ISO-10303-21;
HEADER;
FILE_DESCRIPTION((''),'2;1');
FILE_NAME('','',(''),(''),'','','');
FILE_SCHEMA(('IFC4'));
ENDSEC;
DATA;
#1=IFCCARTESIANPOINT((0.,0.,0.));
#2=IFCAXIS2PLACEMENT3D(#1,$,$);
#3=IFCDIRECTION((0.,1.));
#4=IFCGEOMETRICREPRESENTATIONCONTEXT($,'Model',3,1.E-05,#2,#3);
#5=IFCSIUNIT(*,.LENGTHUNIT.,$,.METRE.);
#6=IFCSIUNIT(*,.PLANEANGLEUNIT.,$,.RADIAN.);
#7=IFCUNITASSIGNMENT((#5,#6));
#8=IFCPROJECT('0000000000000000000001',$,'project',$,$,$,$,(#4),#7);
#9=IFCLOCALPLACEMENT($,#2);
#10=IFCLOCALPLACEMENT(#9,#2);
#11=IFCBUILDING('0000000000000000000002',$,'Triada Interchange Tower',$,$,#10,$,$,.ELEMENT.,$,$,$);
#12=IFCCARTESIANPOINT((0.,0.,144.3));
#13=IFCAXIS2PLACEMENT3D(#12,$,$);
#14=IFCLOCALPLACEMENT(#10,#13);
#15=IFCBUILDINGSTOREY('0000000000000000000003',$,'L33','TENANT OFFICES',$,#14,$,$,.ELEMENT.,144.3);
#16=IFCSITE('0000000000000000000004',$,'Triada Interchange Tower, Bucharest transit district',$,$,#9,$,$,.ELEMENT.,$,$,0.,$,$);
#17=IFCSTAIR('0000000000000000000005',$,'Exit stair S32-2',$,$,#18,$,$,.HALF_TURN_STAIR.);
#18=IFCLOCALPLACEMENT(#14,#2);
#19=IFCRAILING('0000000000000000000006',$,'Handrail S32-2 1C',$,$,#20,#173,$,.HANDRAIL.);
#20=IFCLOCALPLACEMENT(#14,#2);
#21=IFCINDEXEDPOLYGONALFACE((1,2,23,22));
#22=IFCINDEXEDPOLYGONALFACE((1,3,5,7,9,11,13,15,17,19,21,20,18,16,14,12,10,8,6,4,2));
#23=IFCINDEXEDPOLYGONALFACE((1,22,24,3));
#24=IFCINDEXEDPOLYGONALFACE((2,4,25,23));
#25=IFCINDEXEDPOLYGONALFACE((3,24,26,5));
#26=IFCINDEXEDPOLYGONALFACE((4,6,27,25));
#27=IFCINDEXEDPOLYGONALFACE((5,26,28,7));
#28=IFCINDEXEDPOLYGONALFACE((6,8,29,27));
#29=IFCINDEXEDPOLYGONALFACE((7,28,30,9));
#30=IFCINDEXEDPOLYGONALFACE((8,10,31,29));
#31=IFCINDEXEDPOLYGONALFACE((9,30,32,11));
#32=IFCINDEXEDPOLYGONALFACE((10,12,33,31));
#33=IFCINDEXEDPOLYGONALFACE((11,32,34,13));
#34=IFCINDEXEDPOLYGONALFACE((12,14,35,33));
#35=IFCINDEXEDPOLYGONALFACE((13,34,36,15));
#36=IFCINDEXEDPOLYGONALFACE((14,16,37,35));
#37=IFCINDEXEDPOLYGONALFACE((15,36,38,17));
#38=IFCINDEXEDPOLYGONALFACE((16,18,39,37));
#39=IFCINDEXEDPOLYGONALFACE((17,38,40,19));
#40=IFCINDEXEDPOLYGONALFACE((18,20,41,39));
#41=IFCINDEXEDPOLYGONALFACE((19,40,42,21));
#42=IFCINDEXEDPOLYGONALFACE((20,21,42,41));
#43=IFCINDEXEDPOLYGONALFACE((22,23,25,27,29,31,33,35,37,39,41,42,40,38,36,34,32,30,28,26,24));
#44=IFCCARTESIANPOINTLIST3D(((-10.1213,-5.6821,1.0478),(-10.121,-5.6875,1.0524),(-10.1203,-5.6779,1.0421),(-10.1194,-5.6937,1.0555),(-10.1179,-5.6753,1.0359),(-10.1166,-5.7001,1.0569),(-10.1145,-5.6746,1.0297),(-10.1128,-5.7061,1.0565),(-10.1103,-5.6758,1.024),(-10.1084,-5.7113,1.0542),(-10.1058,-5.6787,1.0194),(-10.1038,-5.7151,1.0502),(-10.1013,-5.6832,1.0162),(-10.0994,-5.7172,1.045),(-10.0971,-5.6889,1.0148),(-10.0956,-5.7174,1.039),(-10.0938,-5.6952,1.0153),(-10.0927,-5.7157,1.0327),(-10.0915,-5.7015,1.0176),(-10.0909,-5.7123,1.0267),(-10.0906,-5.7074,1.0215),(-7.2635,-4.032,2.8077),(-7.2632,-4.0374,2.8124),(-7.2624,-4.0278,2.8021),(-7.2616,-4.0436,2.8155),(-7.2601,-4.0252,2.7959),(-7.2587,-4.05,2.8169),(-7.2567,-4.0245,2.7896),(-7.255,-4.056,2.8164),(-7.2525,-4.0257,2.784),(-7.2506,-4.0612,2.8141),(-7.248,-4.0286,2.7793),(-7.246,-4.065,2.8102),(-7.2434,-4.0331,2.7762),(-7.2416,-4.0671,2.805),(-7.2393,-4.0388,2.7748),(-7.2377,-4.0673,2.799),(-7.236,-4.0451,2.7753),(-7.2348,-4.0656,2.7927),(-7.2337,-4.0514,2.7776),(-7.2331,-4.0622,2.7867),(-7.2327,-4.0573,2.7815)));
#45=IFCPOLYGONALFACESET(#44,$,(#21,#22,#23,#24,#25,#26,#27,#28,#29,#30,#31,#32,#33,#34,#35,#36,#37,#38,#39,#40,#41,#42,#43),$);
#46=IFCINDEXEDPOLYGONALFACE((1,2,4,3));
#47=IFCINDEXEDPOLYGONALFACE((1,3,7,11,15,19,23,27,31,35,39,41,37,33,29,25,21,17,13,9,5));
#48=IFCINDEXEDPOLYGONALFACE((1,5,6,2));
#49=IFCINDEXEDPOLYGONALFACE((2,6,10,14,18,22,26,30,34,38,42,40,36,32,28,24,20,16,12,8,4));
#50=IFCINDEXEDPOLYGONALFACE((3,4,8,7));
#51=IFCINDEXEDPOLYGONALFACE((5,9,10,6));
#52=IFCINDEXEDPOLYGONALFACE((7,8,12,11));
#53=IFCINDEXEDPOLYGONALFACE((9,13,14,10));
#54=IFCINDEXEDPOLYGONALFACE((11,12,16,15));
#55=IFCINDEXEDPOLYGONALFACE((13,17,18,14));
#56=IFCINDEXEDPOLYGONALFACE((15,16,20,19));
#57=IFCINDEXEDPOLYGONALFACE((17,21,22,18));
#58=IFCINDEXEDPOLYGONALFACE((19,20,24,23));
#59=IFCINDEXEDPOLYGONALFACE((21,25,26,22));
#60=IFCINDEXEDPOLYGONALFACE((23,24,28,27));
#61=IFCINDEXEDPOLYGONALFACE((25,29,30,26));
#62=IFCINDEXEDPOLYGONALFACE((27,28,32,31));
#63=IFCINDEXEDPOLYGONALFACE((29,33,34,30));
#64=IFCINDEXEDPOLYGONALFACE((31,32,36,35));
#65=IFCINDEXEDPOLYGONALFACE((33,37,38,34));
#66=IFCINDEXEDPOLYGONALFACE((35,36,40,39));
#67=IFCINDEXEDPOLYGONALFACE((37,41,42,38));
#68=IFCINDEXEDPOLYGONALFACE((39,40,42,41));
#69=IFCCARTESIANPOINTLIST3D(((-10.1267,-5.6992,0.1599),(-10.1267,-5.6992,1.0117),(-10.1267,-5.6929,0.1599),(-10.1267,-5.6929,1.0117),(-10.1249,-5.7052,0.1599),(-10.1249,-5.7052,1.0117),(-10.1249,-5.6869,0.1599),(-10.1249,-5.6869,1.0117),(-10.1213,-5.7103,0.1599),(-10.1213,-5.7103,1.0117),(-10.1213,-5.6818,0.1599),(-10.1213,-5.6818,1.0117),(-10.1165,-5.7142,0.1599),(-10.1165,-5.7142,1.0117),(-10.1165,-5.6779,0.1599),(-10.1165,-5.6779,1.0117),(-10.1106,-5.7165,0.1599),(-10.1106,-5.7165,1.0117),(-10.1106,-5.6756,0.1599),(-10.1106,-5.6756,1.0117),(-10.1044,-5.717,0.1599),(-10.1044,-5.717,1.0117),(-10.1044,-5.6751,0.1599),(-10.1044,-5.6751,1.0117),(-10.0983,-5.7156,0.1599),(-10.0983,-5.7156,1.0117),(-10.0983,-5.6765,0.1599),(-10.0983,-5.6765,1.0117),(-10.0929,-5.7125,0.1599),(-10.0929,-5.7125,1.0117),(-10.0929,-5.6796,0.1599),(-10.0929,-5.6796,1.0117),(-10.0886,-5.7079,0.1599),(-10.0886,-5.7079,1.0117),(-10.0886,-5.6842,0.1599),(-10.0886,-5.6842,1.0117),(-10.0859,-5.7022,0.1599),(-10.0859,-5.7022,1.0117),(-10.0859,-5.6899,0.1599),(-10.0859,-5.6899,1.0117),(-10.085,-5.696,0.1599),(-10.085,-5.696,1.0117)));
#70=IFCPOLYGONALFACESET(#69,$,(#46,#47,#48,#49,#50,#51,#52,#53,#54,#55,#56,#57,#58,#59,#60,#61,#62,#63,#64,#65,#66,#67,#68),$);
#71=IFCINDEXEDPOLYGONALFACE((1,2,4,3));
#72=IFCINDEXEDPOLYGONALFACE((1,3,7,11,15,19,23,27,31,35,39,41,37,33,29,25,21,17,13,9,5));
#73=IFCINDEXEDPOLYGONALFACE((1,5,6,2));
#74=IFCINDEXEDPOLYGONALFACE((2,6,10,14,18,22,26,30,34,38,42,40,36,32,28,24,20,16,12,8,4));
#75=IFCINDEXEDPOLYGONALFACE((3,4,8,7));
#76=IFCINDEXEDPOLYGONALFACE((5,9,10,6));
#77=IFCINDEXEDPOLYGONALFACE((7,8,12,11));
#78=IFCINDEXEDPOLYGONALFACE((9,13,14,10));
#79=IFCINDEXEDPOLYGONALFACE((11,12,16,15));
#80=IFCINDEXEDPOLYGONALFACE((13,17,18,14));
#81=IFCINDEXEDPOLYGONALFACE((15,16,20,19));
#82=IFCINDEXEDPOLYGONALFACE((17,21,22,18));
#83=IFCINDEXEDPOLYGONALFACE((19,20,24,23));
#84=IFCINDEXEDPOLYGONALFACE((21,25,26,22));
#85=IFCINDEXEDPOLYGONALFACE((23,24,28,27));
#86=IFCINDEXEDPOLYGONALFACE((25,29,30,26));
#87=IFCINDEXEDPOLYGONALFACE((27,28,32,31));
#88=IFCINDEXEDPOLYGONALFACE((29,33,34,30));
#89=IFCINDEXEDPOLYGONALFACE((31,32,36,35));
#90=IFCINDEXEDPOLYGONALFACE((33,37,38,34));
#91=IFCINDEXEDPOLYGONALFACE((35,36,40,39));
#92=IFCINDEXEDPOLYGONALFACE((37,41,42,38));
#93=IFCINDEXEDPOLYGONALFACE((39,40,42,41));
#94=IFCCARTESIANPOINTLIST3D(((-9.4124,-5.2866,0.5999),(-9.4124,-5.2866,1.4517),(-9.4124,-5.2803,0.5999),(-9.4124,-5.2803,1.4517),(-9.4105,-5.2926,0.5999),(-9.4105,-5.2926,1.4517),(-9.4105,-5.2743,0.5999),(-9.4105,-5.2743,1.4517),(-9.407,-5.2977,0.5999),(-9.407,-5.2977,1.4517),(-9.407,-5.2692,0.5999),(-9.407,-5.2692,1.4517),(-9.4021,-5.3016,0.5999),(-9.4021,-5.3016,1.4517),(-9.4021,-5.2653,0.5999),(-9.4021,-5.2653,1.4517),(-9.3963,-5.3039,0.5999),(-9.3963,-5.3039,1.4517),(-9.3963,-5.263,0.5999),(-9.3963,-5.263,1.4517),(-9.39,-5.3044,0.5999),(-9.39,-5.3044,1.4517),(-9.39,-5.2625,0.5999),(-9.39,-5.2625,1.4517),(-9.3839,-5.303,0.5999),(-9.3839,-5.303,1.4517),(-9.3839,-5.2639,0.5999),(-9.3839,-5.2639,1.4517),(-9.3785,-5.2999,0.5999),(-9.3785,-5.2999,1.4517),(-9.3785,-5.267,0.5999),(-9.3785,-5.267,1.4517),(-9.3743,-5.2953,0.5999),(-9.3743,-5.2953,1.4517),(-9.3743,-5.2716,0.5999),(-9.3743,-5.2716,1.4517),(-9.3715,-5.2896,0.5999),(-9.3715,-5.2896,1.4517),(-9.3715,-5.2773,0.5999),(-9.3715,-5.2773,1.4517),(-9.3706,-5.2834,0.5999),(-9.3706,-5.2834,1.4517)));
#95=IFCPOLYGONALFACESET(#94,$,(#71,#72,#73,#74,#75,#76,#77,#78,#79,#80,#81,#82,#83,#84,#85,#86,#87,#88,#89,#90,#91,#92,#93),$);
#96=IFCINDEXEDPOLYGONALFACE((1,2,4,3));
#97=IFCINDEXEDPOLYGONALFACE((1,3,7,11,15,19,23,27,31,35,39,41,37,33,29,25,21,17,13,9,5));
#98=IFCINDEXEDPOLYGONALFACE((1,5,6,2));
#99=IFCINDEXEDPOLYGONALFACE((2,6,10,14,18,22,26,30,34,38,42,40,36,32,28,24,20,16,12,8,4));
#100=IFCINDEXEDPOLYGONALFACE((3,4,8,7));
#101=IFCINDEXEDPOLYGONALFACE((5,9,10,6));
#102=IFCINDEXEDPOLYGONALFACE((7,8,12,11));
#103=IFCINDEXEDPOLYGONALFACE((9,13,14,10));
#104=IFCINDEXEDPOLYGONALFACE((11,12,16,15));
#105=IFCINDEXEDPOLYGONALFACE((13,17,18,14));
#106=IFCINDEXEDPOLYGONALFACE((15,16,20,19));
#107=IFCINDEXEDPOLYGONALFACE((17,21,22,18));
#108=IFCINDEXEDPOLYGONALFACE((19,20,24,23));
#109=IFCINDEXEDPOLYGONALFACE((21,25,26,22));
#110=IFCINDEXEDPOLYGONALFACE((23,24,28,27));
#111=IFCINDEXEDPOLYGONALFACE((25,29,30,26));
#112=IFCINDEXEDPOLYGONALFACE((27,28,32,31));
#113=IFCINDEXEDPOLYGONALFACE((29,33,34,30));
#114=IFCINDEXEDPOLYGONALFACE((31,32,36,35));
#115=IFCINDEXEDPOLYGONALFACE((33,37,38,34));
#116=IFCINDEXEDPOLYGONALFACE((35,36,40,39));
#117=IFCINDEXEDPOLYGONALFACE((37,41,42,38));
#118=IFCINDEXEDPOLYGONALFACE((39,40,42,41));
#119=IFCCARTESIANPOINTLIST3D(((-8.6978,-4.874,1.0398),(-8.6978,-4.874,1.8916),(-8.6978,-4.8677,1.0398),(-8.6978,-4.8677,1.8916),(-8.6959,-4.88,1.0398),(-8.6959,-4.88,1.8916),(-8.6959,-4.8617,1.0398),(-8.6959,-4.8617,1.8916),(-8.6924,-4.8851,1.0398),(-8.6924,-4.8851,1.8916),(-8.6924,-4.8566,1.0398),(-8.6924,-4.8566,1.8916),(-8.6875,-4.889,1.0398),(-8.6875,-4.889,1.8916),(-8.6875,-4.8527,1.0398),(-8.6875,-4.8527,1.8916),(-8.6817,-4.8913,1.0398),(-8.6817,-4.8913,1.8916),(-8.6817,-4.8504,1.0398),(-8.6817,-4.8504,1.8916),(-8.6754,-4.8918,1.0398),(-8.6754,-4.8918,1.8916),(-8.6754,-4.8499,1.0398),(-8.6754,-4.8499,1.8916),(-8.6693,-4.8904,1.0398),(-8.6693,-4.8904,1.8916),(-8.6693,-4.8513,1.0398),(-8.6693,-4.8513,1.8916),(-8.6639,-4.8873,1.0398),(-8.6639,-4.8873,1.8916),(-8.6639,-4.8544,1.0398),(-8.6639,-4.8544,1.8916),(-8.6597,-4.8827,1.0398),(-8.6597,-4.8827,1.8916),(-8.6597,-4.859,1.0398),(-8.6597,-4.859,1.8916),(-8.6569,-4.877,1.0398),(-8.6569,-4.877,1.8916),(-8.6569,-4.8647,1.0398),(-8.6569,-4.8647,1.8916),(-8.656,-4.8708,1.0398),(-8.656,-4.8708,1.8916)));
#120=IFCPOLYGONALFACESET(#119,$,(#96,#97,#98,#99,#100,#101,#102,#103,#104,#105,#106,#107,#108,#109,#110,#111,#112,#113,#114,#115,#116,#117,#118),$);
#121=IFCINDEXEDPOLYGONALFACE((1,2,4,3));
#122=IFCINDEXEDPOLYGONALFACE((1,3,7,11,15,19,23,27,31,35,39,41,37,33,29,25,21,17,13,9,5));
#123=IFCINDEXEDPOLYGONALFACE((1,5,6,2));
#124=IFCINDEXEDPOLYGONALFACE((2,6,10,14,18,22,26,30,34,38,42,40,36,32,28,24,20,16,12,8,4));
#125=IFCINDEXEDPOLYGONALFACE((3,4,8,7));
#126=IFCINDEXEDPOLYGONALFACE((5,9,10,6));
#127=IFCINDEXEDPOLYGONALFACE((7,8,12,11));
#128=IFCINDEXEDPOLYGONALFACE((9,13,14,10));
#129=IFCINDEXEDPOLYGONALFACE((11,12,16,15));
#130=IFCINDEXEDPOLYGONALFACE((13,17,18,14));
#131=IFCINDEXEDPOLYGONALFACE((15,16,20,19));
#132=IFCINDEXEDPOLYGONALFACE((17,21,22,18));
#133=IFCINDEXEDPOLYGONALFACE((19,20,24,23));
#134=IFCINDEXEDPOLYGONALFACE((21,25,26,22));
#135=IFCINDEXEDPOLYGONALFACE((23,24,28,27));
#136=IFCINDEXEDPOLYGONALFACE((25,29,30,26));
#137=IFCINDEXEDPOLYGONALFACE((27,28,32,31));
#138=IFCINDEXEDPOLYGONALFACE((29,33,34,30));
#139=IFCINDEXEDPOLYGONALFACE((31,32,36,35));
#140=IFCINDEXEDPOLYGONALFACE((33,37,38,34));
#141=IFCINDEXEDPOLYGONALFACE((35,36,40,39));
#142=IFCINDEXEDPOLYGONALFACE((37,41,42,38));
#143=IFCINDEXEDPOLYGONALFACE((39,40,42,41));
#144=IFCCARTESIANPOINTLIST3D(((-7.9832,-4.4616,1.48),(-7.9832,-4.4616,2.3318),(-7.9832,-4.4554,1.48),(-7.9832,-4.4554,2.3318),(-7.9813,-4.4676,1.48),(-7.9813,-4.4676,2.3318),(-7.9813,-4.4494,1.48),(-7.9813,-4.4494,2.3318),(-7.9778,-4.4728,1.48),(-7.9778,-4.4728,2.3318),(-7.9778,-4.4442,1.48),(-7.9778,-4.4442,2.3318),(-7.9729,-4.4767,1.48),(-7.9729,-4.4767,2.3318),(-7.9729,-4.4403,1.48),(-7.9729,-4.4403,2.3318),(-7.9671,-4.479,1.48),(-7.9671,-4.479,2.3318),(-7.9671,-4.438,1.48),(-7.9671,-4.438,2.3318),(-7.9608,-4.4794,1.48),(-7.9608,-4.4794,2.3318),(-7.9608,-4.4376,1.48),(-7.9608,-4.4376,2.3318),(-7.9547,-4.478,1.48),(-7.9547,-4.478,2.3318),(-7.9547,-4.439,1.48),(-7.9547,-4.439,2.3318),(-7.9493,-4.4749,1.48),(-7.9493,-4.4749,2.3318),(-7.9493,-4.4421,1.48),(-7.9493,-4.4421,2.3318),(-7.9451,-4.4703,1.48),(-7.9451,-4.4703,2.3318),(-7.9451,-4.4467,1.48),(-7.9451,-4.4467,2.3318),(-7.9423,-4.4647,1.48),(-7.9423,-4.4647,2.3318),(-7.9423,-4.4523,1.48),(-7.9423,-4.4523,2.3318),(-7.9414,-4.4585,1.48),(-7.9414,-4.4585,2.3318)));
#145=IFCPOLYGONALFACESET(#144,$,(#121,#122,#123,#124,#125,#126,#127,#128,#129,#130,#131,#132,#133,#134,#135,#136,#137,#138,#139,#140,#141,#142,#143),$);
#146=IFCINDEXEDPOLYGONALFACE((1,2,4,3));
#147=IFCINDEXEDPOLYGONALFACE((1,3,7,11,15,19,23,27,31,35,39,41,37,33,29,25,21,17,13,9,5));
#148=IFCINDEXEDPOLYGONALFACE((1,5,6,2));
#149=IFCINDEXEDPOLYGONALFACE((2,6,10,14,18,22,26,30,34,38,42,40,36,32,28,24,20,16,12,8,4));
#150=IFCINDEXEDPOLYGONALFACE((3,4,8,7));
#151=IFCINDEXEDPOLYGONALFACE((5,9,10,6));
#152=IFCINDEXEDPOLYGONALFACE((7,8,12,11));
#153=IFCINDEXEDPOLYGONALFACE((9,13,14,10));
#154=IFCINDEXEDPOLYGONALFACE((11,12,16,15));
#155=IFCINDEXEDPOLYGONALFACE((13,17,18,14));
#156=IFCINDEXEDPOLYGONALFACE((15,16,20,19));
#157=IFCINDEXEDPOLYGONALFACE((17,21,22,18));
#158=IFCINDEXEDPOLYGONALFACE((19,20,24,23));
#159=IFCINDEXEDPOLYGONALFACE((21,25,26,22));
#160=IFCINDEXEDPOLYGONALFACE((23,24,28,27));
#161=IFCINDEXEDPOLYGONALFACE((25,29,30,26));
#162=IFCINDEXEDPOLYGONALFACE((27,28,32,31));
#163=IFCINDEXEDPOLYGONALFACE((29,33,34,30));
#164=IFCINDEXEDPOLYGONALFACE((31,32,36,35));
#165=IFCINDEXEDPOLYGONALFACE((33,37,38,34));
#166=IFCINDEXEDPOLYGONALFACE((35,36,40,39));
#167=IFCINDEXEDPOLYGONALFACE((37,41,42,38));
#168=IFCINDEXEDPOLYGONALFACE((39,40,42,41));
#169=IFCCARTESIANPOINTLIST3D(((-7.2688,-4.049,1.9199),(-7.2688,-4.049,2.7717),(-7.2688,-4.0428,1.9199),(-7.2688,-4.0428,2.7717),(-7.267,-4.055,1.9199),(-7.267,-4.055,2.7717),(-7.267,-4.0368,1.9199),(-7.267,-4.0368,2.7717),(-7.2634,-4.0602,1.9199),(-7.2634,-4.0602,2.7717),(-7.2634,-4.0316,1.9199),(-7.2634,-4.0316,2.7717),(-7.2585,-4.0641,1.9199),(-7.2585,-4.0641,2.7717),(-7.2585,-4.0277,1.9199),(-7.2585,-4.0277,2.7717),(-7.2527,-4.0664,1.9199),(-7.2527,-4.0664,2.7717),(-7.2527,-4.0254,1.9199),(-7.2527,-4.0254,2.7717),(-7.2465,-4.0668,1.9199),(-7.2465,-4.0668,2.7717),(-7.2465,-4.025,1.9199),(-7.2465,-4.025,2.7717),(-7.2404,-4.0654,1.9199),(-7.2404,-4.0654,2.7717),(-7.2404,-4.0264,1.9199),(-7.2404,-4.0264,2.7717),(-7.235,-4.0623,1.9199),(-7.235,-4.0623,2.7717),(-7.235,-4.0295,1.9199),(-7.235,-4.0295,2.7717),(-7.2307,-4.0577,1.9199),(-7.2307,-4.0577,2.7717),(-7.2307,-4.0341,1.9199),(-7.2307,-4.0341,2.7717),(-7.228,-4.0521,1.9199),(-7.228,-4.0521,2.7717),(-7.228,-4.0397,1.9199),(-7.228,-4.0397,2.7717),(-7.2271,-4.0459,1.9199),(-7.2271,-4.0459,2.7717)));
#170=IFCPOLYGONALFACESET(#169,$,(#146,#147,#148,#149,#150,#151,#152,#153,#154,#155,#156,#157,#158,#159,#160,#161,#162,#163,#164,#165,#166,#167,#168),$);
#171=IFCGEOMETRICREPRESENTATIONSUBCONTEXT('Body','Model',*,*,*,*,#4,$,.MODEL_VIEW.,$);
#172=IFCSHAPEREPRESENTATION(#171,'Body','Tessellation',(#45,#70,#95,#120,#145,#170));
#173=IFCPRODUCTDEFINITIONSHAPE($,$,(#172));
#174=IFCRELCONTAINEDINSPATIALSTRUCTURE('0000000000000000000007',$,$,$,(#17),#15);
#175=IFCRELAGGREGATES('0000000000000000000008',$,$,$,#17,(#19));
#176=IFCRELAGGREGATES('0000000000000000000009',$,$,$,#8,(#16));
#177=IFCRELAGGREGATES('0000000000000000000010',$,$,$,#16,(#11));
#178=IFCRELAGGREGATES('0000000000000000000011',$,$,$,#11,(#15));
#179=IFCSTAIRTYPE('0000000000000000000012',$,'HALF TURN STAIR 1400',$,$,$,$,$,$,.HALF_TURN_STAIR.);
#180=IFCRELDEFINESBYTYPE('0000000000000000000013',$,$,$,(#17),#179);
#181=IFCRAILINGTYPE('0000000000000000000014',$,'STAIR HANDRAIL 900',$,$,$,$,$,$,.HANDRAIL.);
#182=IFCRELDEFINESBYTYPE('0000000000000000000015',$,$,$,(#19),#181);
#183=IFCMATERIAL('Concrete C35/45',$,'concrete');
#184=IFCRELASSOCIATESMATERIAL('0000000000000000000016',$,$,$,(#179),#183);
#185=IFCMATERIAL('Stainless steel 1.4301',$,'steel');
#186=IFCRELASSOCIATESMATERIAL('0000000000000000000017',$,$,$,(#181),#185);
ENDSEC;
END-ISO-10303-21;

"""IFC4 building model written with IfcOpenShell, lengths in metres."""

from ifc_helpers import new_model, si_unit, direction, frame, origin, origin_2d, place, context, subcontext, project, spatial, circle, extrude, material, type_object, element, aggregate, save


model = new_model("IFC4")

# Units and contexts
model_context = context("Model", 3, precision=1e-05, world=origin(), true_north=direction((0.0, 1.0)))
body_context = subcontext(model_context, "Body", "Model", "MODEL_VIEW")
ifc_project = project(units=[si_unit("LENGTHUNIT", "METRE"), si_unit("PLANEANGLEUNIT", "RADIAN")], contexts=[model_context])

# Site, building, storey
site_placement = place(None, origin())
site = spatial("IfcSite", under=ifc_project, at=site_placement, Name="Triada Interchange Tower, Bucharest transit district", CompositionType="ELEMENT", RefElevation=0.0)
building_placement = place(site_placement, origin())
building = spatial("IfcBuilding", under=site, at=building_placement, Name="Triada Interchange Tower", CompositionType="ELEMENT")
storey_placement = place(building_placement, frame((0.0, 0.0, 144.3)))
storey = spatial("IfcBuildingStorey", under=building, at=storey_placement, Name="L33", Description="TENANT OFFICES", CompositionType="ELEMENT", Elevation=144.3)

# Stair, railing
ifc_material_1 = material(Name="Concrete C35/45", Category="concrete")
stair_type = type_object("IfcStairType", Name="HALF TURN STAIR 1400", PredefinedType="HALF_TURN_STAIR", material=ifc_material_1)
stair_placement = place(storey_placement, origin())
stair = element("IfcStair", 1, at=stair_placement, inside=storey, type_object=stair_type, Name="Exit stair S32-2", PredefinedType="HALF_TURN_STAIR")
ifc_material_2 = material(Name="Stainless steel 1.4301", Category="steel")
railing_type = type_object("IfcRailingType", Name="STAIR HANDRAIL 900", PredefinedType="HANDRAIL", material=ifc_material_2)
railing_1_placement = place(storey_placement, frame((-10.106, -5.696, 0.1599)))
railing_1 = element("IfcRailing", 2, at=railing_1_placement, type_object=railing_type, Name="Handrail S32-2 1C", PredefinedType="HANDRAIL", context=body_context, shape_type="SweptSolid", body=[
    extrude(circle(Radius=0.0239, at=origin_2d()), frame((0.0, 0.0, 0.876), z_axis=(0.764129, 0.441205, 0.47058), x_axis=(-0.50003, 0.866008, 0.0)), (0.0, 0.0, 1.0), 3.74),
    extrude(circle(Radius=0.021, at=origin_2d()), origin(), (0.0, 0.0, 1.0), 0.8518),
    extrude(circle(Radius=0.021, at=origin_2d()), frame((0.7144, 0.4126, 0.4399)), (0.0, 0.0, 1.0), 0.8518),
    extrude(circle(Radius=0.021, at=origin_2d()), frame((1.429, 0.8252, 0.8799)), (0.0, 0.0, 1.0), 0.8518),
    extrude(circle(Radius=0.021, at=origin_2d()), frame((2.1436, 1.2375, 1.3201)), (0.0, 0.0, 1.0), 0.8518),
    extrude(circle(Radius=0.021, at=origin_2d()), frame((2.8579, 1.6501, 1.76)), (0.0, 0.0, 1.0), 0.8518),
])
aggregate(stair, [railing_1])

save(model, "model.ifc")
